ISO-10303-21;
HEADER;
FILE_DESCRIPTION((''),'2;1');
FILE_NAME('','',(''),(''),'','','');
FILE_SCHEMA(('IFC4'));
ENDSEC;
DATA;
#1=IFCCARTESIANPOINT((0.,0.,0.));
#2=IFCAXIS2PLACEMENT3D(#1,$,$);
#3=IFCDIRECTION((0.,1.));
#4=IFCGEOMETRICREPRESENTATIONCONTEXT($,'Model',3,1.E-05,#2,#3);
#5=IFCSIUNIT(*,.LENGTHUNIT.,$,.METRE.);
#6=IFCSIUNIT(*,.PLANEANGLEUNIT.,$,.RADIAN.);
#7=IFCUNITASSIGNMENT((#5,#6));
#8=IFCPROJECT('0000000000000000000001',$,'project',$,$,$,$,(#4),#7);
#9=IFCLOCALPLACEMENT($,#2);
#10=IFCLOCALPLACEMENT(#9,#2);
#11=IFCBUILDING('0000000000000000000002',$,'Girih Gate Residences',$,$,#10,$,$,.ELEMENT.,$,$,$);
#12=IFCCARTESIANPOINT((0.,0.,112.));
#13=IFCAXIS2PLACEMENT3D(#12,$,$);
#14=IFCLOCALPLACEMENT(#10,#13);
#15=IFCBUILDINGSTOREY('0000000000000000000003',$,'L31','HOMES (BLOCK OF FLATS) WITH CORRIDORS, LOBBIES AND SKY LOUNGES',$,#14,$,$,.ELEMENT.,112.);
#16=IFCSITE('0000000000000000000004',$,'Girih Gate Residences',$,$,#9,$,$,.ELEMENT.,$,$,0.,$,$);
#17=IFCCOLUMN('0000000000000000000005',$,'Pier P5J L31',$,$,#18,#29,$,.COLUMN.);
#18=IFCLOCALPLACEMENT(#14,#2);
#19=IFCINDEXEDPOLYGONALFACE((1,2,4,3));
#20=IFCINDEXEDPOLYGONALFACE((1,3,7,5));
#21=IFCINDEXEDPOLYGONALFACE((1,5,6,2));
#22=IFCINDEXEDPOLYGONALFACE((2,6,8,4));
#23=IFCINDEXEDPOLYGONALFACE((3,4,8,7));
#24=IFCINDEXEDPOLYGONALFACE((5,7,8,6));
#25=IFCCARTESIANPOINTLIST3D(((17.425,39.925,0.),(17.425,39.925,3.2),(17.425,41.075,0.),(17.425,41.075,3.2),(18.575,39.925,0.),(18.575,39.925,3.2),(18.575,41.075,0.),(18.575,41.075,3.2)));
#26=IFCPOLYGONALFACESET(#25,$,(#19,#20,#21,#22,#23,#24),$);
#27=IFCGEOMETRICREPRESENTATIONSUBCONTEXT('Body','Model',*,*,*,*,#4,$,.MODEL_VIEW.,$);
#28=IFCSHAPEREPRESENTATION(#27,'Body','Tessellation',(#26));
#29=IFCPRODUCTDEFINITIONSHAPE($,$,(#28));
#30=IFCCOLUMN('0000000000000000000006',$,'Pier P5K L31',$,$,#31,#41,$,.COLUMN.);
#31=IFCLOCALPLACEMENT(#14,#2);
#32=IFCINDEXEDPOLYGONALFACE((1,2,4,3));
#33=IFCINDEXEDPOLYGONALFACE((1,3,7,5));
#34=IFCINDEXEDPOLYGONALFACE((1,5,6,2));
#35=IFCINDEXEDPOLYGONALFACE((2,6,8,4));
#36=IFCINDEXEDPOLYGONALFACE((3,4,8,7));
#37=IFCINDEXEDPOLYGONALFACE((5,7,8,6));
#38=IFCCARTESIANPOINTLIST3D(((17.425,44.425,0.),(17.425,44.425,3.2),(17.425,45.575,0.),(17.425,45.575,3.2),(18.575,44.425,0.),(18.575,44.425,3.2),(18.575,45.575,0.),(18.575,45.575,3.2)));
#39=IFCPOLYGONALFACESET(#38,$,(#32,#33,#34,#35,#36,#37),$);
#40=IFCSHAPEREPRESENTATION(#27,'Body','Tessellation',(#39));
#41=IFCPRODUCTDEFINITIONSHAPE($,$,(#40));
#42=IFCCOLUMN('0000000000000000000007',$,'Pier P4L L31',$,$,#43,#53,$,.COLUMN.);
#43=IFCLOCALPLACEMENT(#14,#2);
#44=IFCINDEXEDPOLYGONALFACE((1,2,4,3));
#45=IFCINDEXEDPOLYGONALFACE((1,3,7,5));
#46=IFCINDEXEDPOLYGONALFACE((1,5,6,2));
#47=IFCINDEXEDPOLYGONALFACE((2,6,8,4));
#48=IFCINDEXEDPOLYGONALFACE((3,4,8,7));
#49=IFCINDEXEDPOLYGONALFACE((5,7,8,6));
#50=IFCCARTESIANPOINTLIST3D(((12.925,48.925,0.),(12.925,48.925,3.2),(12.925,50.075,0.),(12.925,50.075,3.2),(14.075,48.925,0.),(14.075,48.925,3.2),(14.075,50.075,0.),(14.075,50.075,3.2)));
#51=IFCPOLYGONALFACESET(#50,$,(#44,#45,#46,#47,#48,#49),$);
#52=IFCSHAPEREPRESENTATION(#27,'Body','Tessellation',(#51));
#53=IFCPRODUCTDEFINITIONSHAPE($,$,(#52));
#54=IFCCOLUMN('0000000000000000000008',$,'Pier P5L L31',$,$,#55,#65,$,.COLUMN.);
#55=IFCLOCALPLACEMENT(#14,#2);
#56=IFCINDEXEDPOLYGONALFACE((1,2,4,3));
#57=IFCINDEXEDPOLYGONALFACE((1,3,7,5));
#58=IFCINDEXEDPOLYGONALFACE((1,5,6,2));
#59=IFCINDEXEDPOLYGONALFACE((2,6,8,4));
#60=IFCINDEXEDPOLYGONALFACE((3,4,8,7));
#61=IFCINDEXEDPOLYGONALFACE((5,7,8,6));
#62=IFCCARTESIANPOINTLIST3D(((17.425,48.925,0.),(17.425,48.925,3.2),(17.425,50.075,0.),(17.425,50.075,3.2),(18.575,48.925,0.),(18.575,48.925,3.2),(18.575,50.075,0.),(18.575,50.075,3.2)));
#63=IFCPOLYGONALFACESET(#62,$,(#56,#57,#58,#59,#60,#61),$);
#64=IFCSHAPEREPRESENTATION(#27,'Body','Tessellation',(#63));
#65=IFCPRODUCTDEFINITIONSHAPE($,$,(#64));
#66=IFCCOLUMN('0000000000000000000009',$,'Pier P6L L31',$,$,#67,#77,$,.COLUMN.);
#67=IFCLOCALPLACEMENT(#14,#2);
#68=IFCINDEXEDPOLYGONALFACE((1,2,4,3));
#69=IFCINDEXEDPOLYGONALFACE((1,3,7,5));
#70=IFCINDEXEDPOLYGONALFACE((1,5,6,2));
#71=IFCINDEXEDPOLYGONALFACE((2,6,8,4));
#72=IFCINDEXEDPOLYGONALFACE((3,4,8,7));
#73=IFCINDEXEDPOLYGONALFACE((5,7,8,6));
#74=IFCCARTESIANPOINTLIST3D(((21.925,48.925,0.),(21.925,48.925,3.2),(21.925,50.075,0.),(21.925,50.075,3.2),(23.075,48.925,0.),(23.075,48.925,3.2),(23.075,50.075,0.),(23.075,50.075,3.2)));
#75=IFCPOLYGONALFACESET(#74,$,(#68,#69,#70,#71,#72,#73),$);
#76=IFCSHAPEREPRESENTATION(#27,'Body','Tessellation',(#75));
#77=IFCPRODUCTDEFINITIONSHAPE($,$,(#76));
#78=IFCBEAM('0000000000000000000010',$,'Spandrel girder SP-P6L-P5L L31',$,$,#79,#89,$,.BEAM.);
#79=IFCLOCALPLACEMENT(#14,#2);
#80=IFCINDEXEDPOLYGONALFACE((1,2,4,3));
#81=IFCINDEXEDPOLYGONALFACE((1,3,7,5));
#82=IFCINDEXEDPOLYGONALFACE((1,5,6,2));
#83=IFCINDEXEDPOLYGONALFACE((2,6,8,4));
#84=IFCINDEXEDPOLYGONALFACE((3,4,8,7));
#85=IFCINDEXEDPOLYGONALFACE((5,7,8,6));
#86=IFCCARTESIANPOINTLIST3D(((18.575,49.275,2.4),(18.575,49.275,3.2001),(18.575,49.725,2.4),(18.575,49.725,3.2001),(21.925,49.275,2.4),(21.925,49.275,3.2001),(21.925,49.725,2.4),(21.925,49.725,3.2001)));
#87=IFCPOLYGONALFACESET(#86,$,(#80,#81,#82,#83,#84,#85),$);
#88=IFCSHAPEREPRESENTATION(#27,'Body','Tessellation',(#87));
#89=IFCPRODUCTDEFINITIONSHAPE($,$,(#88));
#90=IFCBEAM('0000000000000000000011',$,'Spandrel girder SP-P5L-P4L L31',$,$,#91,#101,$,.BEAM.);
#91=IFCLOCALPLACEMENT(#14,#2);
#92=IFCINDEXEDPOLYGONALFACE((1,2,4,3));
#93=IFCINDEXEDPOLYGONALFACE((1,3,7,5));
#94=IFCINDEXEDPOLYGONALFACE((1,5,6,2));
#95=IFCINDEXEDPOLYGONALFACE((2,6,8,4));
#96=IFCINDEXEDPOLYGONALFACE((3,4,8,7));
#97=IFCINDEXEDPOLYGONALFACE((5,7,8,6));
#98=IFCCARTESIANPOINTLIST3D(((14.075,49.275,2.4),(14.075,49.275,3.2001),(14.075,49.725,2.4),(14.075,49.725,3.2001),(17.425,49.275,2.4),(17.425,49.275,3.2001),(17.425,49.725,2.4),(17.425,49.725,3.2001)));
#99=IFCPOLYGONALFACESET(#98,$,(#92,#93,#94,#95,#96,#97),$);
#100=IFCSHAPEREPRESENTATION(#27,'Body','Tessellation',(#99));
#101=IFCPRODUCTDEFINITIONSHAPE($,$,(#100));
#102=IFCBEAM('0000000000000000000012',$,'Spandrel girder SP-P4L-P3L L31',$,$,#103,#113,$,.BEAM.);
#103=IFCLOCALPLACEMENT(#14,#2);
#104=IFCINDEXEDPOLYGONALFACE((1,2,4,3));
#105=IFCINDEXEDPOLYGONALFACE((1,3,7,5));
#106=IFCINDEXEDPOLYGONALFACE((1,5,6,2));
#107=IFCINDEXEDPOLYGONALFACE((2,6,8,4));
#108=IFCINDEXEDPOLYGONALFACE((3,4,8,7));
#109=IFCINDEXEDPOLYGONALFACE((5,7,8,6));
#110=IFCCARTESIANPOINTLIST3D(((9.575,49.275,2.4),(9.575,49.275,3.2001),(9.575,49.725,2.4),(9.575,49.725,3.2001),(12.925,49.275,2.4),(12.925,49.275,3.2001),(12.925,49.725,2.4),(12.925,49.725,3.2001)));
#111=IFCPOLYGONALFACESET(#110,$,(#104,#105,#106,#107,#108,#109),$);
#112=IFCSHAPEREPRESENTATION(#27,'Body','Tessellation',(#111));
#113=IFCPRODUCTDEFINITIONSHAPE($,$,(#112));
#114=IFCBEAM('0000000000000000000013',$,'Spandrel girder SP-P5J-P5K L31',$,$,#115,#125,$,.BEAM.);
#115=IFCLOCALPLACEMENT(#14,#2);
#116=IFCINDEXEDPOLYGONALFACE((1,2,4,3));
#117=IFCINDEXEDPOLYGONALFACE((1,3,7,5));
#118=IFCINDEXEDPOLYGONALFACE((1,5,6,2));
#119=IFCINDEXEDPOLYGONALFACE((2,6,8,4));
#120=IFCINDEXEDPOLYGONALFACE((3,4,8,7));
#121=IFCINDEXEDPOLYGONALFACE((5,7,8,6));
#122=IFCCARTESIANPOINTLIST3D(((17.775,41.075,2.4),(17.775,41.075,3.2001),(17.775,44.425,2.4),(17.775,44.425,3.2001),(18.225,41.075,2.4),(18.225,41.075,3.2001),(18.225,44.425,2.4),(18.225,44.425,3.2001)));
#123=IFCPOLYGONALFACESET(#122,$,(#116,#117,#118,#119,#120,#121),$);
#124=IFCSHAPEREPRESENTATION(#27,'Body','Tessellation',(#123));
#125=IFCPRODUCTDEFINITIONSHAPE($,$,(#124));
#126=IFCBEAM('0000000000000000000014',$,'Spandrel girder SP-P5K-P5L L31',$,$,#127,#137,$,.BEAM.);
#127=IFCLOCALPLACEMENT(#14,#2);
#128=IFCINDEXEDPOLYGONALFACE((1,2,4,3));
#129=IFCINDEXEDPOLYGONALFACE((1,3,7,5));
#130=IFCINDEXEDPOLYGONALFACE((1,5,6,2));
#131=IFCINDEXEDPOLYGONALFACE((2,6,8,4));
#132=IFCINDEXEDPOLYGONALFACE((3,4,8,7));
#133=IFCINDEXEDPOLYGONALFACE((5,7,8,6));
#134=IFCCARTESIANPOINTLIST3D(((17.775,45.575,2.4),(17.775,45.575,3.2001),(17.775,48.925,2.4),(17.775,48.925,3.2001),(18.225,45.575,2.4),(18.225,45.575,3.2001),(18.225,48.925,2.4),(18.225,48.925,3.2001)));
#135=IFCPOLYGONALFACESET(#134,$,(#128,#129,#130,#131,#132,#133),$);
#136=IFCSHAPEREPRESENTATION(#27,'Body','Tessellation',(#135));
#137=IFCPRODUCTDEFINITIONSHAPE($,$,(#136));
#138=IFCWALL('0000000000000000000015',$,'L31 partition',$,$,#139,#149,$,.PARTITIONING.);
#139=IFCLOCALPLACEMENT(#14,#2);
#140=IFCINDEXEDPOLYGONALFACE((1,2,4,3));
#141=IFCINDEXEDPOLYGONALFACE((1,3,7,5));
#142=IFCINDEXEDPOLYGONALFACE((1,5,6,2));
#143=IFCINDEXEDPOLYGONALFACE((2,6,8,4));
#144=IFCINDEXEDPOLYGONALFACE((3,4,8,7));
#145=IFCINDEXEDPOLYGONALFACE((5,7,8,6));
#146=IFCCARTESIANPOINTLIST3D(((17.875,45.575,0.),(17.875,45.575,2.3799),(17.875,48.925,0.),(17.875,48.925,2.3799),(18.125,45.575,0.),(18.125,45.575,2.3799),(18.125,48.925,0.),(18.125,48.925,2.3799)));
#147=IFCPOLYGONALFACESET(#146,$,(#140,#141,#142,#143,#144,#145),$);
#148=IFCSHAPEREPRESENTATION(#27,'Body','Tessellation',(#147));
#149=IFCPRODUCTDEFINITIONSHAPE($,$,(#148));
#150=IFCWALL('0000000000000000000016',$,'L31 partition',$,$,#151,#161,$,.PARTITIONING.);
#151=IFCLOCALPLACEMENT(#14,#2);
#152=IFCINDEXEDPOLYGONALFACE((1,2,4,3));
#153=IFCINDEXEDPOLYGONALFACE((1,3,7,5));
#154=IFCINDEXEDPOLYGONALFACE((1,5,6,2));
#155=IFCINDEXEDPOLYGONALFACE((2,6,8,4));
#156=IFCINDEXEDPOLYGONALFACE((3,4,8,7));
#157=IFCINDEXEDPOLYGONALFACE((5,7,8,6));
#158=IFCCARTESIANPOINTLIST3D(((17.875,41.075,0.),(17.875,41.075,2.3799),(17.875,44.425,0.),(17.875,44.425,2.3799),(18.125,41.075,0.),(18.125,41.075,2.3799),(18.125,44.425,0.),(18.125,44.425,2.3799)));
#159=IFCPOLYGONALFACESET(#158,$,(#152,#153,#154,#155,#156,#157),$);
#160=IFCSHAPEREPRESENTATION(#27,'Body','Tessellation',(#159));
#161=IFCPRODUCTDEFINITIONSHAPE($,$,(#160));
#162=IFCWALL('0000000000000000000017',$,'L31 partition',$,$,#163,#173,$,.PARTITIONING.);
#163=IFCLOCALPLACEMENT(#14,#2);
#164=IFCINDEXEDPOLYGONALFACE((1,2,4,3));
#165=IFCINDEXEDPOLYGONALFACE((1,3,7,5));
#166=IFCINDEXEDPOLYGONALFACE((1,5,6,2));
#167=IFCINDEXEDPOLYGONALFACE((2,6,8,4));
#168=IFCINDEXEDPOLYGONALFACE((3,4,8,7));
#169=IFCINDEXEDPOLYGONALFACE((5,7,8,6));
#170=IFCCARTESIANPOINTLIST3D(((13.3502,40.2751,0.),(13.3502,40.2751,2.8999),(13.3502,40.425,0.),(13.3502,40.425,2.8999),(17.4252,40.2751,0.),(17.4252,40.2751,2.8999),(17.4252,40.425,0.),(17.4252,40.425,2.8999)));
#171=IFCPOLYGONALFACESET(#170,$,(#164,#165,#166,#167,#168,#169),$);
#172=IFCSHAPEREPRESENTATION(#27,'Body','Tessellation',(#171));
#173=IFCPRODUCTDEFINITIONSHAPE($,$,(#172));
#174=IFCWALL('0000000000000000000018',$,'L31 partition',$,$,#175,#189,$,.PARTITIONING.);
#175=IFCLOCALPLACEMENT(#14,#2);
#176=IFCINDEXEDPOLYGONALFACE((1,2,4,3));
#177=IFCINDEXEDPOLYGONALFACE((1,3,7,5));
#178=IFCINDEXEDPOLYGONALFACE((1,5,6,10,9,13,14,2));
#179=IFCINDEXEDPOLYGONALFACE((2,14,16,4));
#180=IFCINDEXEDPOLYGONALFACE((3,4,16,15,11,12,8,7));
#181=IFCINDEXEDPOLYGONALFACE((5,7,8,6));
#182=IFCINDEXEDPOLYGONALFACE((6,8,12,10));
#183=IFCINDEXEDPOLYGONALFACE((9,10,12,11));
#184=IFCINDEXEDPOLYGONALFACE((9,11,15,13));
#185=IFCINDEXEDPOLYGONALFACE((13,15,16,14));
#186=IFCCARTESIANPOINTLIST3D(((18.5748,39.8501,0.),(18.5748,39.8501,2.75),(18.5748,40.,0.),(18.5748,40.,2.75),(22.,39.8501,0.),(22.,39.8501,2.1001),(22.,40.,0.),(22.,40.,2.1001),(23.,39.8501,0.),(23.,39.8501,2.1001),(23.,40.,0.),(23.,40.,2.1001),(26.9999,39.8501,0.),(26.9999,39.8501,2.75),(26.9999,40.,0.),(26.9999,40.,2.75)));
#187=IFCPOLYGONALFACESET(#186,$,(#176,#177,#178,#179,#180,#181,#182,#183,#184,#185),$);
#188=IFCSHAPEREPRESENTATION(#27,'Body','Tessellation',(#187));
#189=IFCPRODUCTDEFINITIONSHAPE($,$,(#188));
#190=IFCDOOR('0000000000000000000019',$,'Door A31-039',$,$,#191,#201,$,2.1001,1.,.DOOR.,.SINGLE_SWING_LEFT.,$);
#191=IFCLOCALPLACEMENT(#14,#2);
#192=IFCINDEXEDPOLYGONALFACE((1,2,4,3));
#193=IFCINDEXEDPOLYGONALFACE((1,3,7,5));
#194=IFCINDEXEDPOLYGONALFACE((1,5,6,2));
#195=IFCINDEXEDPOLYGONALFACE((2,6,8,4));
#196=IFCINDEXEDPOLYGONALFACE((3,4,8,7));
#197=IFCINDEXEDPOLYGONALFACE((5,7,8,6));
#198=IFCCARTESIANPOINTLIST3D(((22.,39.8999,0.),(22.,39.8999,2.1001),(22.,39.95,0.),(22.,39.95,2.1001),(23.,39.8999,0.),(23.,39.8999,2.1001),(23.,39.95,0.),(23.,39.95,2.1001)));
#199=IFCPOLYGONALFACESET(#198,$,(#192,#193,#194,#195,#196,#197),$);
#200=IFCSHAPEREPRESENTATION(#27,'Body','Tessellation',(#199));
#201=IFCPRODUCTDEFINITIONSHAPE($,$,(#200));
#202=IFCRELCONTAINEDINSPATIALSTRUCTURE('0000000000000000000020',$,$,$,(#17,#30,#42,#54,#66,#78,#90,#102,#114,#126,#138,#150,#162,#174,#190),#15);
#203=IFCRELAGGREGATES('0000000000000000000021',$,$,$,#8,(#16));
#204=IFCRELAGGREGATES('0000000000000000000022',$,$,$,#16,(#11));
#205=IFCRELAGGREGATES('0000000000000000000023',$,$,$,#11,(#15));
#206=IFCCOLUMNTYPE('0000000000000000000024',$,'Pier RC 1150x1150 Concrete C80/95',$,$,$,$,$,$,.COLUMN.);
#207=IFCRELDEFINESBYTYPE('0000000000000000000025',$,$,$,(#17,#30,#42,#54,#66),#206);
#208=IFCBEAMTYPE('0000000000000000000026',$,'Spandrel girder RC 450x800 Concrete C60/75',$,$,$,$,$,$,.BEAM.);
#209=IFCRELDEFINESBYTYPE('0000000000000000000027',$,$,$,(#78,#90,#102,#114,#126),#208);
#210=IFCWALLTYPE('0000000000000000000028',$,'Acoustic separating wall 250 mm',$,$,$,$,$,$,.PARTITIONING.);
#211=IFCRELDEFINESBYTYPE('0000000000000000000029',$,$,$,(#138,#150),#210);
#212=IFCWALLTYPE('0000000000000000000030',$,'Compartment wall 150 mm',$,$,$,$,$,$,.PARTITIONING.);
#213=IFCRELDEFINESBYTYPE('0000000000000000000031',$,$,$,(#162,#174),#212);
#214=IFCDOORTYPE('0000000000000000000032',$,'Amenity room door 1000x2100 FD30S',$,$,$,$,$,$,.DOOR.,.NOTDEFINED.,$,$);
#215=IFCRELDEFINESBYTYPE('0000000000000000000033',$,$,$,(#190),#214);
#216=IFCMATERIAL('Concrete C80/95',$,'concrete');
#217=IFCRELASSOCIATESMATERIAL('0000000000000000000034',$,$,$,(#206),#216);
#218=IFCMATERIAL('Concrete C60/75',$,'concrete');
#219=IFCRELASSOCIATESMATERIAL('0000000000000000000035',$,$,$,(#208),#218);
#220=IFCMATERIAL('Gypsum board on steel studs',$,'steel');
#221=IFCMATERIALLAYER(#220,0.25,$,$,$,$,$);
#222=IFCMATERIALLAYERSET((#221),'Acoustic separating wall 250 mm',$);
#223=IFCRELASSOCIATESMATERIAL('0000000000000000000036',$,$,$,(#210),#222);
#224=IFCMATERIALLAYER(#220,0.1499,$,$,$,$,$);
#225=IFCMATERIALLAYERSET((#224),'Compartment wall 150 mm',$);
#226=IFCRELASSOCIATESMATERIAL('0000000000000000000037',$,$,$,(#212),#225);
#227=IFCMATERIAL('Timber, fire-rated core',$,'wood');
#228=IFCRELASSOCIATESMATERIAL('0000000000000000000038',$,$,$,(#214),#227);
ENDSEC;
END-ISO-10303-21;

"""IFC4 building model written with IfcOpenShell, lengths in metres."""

from ifc_helpers import new_model, si_unit, direction, frame, frame_2d, origin, origin_2d, place, context, subcontext, project, spatial, rectangle, extrude, material, layer, layer_set, material_profile, profile_set, type_object, element, fill, save


model = new_model("IFC4")

# Units and contexts
model_context = context("Model", 3, precision=1e-05, world=origin(), true_north=direction((0.0, 1.0)))
body_context = subcontext(model_context, "Body", "Model", "MODEL_VIEW")
ifc_project = project(units=[si_unit("LENGTHUNIT", "METRE"), si_unit("PLANEANGLEUNIT", "RADIAN")], contexts=[model_context])

# Site, building, storey
site_placement = place(None, origin())
site = spatial("IfcSite", under=ifc_project, at=site_placement, Name="Girih Gate Residences", CompositionType="ELEMENT", RefElevation=0.0)
building_placement = place(site_placement, origin())
building = spatial("IfcBuilding", under=site, at=building_placement, Name="Girih Gate Residences", CompositionType="ELEMENT")
storey_placement = place(building_placement, frame((0.0, 0.0, 112.0)))
storey = spatial("IfcBuildingStorey", under=building, at=storey_placement, Name="L31", Description="HOMES (BLOCK OF FLATS) WITH CORRIDORS, LOBBIES AND SKY LOUNGES", CompositionType="ELEMENT", Elevation=112.0)

# Columns
ifc_material_1 = material(Name="Concrete C80/95", Category="concrete")
ifc_material_profile_1 = material_profile(ifc_material_1, rectangle(XDim=1.1499, YDim=1.1499, at=origin_2d()))
ifc_profile_set_1 = profile_set([ifc_material_profile_1], Name="Concrete C80/95")
column_type = type_object("IfcColumnType", Name="Pier RC 1150x1150 Concrete C80/95", PredefinedType="COLUMN", material=ifc_profile_set_1)
for number, where, z_axis, x_axis, name in (
    (1, (18.0, 40.5, 0.0), (0.0, 0.0, 1.0), (1.0, 0.0, 0.0), "Pier P5J L31"),
    (2, (18.0, 45.0, 0.0), (0.0, 0.0, 1.0), (1.0, 0.0, 0.0), "Pier P5K L31"),
    (3, (13.5, 49.5, 0.0), (0.0, 0.0, 1.0), (1.0, 0.0, 0.0), "Pier P4L L31"),
    (4, (18.0, 49.5, 0.0), (0.0, 0.0, 1.0), (1.0, 0.0, 0.0), "Pier P5L L31"),
    (5, (22.5, 49.5, 0.0), (0.0, 0.0, 1.0), (1.0, 0.0, 0.0), "Pier P6L L31"),
):
    element("IfcColumn", number, at=place(storey_placement, frame(where, z_axis=z_axis, x_axis=x_axis)), inside=storey, type_object=column_type, Name=name, PredefinedType="COLUMN", context=body_context, shape_type="SweptSolid", body=[
        extrude(rectangle(XDim=1.1499, YDim=1.1499, at=origin_2d()), origin(), (0.0, 0.0, 1.0), 3.2),
    ])

# Beams
ifc_material_2 = material(Name="Concrete C60/75", Category="concrete")
ifc_material_profile_2 = material_profile(ifc_material_2, rectangle(XDim=0.45, YDim=0.8, at=origin_2d()))
ifc_profile_set_2 = profile_set([ifc_material_profile_2], Name="Concrete C60/75")
beam_type = type_object("IfcBeamType", Name="Spandrel girder RC 450x800 Concrete C60/75", PredefinedType="BEAM", material=ifc_profile_set_2)
for number, where, z_axis, x_axis, name in (
    (6, (21.925, 49.5, 2.8), (-1.0, 0.0, 0.0), (0.0, -1.0, 0.0), "Spandrel girder SP-P6L-P5L L31"),
    (7, (17.425, 49.5, 2.8), (-1.0, 0.0, 0.0), (0.0, -1.0, 0.0), "Spandrel girder SP-P5L-P4L L31"),
    (8, (12.925, 49.5, 2.8), (-1.0, 0.0, 0.0), (0.0, -1.0, 0.0), "Spandrel girder SP-P4L-P3L L31"),
    (9, (18.0, 41.075, 2.8), (0.0, 1.0, 0.0), (-1.0, 0.0, 0.0), "Spandrel girder SP-P5J-P5K L31"),
    (10, (18.0, 45.575, 2.8), (0.0, 1.0, 0.0), (-1.0, 0.0, 0.0), "Spandrel girder SP-P5K-P5L L31"),
):
    element("IfcBeam", number, at=place(storey_placement, frame(where, z_axis=z_axis, x_axis=x_axis)), inside=storey, type_object=beam_type, Name=name, PredefinedType="BEAM", context=body_context, shape_type="SweptSolid", body=[
        extrude(rectangle(XDim=0.45, YDim=0.8, at=origin_2d()), origin(), (0.0, 0.0, 1.0), 3.3501),
    ])

# Walls
ifc_material_3 = material(Name="Gypsum board on steel studs", Category="steel")
ifc_layer_1 = layer(ifc_material_3, 0.25)
ifc_layer_set_1 = layer_set([ifc_layer_1], Name="Acoustic separating wall 250 mm")
wall_type_1 = type_object("IfcWallType", Name="Acoustic separating wall 250 mm", PredefinedType="PARTITIONING", material=ifc_layer_set_1)
for number, where, z_axis, x_axis, name in (
    (11, (18.0, 45.575, 0.0), (0.0, 0.0, 1.0), (0.0, 1.0, 0.0), "L31 partition"),
    (12, (18.0, 41.075, 0.0), (0.0, 0.0, 1.0), (0.0, 1.0, 0.0), "L31 partition"),
):
    element("IfcWall", number, at=place(storey_placement, frame(where, z_axis=z_axis, x_axis=x_axis)), inside=storey, type_object=wall_type_1, Name=name, PredefinedType="PARTITIONING", context=body_context, shape_type="SweptSolid", body=[
        extrude(rectangle(XDim=3.3501, YDim=0.25, at=frame_2d((1.675, 0.0))), origin(), (0.0, 0.0, 1.0), 2.3799),
    ])
ifc_layer_2 = layer(ifc_material_3, 0.1499)
ifc_layer_set_2 = layer_set([ifc_layer_2], Name="Compartment wall 150 mm")
wall_type_2 = type_object("IfcWallType", Name="Compartment wall 150 mm", PredefinedType="PARTITIONING", material=ifc_layer_set_2)
wall_1_placement = place(storey_placement, frame((13.3501, 40.3501, 0.0), z_axis=(0.0, 0.0, 1.0), x_axis=(1.0, 0.0, 0.0)))
element("IfcWall", 13, at=wall_1_placement, inside=storey, type_object=wall_type_2, Name="L31 partition", PredefinedType="PARTITIONING", context=body_context, shape_type="SweptSolid", body=[
    extrude(rectangle(XDim=4.075, YDim=0.1499, at=frame_2d((2.0376, 0.0))), origin(), (0.0, 0.0, 1.0), 2.8999),
])

# Wall, opening, door
wall_2_placement = place(storey_placement, frame((18.575, 39.925, 0.0), z_axis=(0.0, 0.0, 1.0), x_axis=(1.0, 0.0, 0.0)))
wall_2 = element("IfcWall", 14, at=wall_2_placement, inside=storey, type_object=wall_type_2, Name="L31 partition", PredefinedType="PARTITIONING", context=body_context, shape_type="SweptSolid", body=[
    extrude(rectangle(XDim=8.425, YDim=0.1499, at=frame_2d((4.2124, 0.0))), origin(), (0.0, 0.0, 1.0), 2.75),
])
opening_1_placement = place(wall_2_placement, frame((3.425, 0.0, 0.0)))
opening_1 = element("IfcOpeningElement", 15, at=opening_1_placement, cuts=wall_2, PredefinedType="OPENING", context=body_context, shape_type="SweptSolid", body=[
    extrude(rectangle(XDim=1.0, YDim=2.1001, at=frame_2d((0.5, 1.05))), frame((0.0, 0.085, 0.0), z_axis=(0.0, -1.0, 0.0), x_axis=(1.0, 0.0, 0.0)), (0.0, 0.0, 1.0), 0.1699),
])
ifc_material_4 = material(Name="Timber, fire-rated core", Category="wood")
door_type_1 = type_object("IfcDoorType", Name="Amenity room door 1000x2100 FD30S", OperationType="NOTDEFINED", PredefinedType="DOOR", material=ifc_material_4)
door_1_placement = place(opening_1_placement, origin())
door_1 = element("IfcDoor", 16, at=door_1_placement, inside=storey, type_object=door_type_1, Name="Door A31-039", OperationType="SINGLE_SWING_LEFT", OverallHeight=2.1001, OverallWidth=1.0, PredefinedType="DOOR", context=body_context, shape_type="SweptSolid", body=[
    extrude(rectangle(XDim=1.0, YDim=2.1001, at=frame_2d((0.5, 1.05))), frame((0.0, 0.0249, 0.0), z_axis=(0.0, -1.0, 0.0), x_axis=(1.0, 0.0, 0.0)), (0.0, 0.0, 1.0), 0.05),
])
fill(opening_1, door_1)

save(model, "model.ifc")
